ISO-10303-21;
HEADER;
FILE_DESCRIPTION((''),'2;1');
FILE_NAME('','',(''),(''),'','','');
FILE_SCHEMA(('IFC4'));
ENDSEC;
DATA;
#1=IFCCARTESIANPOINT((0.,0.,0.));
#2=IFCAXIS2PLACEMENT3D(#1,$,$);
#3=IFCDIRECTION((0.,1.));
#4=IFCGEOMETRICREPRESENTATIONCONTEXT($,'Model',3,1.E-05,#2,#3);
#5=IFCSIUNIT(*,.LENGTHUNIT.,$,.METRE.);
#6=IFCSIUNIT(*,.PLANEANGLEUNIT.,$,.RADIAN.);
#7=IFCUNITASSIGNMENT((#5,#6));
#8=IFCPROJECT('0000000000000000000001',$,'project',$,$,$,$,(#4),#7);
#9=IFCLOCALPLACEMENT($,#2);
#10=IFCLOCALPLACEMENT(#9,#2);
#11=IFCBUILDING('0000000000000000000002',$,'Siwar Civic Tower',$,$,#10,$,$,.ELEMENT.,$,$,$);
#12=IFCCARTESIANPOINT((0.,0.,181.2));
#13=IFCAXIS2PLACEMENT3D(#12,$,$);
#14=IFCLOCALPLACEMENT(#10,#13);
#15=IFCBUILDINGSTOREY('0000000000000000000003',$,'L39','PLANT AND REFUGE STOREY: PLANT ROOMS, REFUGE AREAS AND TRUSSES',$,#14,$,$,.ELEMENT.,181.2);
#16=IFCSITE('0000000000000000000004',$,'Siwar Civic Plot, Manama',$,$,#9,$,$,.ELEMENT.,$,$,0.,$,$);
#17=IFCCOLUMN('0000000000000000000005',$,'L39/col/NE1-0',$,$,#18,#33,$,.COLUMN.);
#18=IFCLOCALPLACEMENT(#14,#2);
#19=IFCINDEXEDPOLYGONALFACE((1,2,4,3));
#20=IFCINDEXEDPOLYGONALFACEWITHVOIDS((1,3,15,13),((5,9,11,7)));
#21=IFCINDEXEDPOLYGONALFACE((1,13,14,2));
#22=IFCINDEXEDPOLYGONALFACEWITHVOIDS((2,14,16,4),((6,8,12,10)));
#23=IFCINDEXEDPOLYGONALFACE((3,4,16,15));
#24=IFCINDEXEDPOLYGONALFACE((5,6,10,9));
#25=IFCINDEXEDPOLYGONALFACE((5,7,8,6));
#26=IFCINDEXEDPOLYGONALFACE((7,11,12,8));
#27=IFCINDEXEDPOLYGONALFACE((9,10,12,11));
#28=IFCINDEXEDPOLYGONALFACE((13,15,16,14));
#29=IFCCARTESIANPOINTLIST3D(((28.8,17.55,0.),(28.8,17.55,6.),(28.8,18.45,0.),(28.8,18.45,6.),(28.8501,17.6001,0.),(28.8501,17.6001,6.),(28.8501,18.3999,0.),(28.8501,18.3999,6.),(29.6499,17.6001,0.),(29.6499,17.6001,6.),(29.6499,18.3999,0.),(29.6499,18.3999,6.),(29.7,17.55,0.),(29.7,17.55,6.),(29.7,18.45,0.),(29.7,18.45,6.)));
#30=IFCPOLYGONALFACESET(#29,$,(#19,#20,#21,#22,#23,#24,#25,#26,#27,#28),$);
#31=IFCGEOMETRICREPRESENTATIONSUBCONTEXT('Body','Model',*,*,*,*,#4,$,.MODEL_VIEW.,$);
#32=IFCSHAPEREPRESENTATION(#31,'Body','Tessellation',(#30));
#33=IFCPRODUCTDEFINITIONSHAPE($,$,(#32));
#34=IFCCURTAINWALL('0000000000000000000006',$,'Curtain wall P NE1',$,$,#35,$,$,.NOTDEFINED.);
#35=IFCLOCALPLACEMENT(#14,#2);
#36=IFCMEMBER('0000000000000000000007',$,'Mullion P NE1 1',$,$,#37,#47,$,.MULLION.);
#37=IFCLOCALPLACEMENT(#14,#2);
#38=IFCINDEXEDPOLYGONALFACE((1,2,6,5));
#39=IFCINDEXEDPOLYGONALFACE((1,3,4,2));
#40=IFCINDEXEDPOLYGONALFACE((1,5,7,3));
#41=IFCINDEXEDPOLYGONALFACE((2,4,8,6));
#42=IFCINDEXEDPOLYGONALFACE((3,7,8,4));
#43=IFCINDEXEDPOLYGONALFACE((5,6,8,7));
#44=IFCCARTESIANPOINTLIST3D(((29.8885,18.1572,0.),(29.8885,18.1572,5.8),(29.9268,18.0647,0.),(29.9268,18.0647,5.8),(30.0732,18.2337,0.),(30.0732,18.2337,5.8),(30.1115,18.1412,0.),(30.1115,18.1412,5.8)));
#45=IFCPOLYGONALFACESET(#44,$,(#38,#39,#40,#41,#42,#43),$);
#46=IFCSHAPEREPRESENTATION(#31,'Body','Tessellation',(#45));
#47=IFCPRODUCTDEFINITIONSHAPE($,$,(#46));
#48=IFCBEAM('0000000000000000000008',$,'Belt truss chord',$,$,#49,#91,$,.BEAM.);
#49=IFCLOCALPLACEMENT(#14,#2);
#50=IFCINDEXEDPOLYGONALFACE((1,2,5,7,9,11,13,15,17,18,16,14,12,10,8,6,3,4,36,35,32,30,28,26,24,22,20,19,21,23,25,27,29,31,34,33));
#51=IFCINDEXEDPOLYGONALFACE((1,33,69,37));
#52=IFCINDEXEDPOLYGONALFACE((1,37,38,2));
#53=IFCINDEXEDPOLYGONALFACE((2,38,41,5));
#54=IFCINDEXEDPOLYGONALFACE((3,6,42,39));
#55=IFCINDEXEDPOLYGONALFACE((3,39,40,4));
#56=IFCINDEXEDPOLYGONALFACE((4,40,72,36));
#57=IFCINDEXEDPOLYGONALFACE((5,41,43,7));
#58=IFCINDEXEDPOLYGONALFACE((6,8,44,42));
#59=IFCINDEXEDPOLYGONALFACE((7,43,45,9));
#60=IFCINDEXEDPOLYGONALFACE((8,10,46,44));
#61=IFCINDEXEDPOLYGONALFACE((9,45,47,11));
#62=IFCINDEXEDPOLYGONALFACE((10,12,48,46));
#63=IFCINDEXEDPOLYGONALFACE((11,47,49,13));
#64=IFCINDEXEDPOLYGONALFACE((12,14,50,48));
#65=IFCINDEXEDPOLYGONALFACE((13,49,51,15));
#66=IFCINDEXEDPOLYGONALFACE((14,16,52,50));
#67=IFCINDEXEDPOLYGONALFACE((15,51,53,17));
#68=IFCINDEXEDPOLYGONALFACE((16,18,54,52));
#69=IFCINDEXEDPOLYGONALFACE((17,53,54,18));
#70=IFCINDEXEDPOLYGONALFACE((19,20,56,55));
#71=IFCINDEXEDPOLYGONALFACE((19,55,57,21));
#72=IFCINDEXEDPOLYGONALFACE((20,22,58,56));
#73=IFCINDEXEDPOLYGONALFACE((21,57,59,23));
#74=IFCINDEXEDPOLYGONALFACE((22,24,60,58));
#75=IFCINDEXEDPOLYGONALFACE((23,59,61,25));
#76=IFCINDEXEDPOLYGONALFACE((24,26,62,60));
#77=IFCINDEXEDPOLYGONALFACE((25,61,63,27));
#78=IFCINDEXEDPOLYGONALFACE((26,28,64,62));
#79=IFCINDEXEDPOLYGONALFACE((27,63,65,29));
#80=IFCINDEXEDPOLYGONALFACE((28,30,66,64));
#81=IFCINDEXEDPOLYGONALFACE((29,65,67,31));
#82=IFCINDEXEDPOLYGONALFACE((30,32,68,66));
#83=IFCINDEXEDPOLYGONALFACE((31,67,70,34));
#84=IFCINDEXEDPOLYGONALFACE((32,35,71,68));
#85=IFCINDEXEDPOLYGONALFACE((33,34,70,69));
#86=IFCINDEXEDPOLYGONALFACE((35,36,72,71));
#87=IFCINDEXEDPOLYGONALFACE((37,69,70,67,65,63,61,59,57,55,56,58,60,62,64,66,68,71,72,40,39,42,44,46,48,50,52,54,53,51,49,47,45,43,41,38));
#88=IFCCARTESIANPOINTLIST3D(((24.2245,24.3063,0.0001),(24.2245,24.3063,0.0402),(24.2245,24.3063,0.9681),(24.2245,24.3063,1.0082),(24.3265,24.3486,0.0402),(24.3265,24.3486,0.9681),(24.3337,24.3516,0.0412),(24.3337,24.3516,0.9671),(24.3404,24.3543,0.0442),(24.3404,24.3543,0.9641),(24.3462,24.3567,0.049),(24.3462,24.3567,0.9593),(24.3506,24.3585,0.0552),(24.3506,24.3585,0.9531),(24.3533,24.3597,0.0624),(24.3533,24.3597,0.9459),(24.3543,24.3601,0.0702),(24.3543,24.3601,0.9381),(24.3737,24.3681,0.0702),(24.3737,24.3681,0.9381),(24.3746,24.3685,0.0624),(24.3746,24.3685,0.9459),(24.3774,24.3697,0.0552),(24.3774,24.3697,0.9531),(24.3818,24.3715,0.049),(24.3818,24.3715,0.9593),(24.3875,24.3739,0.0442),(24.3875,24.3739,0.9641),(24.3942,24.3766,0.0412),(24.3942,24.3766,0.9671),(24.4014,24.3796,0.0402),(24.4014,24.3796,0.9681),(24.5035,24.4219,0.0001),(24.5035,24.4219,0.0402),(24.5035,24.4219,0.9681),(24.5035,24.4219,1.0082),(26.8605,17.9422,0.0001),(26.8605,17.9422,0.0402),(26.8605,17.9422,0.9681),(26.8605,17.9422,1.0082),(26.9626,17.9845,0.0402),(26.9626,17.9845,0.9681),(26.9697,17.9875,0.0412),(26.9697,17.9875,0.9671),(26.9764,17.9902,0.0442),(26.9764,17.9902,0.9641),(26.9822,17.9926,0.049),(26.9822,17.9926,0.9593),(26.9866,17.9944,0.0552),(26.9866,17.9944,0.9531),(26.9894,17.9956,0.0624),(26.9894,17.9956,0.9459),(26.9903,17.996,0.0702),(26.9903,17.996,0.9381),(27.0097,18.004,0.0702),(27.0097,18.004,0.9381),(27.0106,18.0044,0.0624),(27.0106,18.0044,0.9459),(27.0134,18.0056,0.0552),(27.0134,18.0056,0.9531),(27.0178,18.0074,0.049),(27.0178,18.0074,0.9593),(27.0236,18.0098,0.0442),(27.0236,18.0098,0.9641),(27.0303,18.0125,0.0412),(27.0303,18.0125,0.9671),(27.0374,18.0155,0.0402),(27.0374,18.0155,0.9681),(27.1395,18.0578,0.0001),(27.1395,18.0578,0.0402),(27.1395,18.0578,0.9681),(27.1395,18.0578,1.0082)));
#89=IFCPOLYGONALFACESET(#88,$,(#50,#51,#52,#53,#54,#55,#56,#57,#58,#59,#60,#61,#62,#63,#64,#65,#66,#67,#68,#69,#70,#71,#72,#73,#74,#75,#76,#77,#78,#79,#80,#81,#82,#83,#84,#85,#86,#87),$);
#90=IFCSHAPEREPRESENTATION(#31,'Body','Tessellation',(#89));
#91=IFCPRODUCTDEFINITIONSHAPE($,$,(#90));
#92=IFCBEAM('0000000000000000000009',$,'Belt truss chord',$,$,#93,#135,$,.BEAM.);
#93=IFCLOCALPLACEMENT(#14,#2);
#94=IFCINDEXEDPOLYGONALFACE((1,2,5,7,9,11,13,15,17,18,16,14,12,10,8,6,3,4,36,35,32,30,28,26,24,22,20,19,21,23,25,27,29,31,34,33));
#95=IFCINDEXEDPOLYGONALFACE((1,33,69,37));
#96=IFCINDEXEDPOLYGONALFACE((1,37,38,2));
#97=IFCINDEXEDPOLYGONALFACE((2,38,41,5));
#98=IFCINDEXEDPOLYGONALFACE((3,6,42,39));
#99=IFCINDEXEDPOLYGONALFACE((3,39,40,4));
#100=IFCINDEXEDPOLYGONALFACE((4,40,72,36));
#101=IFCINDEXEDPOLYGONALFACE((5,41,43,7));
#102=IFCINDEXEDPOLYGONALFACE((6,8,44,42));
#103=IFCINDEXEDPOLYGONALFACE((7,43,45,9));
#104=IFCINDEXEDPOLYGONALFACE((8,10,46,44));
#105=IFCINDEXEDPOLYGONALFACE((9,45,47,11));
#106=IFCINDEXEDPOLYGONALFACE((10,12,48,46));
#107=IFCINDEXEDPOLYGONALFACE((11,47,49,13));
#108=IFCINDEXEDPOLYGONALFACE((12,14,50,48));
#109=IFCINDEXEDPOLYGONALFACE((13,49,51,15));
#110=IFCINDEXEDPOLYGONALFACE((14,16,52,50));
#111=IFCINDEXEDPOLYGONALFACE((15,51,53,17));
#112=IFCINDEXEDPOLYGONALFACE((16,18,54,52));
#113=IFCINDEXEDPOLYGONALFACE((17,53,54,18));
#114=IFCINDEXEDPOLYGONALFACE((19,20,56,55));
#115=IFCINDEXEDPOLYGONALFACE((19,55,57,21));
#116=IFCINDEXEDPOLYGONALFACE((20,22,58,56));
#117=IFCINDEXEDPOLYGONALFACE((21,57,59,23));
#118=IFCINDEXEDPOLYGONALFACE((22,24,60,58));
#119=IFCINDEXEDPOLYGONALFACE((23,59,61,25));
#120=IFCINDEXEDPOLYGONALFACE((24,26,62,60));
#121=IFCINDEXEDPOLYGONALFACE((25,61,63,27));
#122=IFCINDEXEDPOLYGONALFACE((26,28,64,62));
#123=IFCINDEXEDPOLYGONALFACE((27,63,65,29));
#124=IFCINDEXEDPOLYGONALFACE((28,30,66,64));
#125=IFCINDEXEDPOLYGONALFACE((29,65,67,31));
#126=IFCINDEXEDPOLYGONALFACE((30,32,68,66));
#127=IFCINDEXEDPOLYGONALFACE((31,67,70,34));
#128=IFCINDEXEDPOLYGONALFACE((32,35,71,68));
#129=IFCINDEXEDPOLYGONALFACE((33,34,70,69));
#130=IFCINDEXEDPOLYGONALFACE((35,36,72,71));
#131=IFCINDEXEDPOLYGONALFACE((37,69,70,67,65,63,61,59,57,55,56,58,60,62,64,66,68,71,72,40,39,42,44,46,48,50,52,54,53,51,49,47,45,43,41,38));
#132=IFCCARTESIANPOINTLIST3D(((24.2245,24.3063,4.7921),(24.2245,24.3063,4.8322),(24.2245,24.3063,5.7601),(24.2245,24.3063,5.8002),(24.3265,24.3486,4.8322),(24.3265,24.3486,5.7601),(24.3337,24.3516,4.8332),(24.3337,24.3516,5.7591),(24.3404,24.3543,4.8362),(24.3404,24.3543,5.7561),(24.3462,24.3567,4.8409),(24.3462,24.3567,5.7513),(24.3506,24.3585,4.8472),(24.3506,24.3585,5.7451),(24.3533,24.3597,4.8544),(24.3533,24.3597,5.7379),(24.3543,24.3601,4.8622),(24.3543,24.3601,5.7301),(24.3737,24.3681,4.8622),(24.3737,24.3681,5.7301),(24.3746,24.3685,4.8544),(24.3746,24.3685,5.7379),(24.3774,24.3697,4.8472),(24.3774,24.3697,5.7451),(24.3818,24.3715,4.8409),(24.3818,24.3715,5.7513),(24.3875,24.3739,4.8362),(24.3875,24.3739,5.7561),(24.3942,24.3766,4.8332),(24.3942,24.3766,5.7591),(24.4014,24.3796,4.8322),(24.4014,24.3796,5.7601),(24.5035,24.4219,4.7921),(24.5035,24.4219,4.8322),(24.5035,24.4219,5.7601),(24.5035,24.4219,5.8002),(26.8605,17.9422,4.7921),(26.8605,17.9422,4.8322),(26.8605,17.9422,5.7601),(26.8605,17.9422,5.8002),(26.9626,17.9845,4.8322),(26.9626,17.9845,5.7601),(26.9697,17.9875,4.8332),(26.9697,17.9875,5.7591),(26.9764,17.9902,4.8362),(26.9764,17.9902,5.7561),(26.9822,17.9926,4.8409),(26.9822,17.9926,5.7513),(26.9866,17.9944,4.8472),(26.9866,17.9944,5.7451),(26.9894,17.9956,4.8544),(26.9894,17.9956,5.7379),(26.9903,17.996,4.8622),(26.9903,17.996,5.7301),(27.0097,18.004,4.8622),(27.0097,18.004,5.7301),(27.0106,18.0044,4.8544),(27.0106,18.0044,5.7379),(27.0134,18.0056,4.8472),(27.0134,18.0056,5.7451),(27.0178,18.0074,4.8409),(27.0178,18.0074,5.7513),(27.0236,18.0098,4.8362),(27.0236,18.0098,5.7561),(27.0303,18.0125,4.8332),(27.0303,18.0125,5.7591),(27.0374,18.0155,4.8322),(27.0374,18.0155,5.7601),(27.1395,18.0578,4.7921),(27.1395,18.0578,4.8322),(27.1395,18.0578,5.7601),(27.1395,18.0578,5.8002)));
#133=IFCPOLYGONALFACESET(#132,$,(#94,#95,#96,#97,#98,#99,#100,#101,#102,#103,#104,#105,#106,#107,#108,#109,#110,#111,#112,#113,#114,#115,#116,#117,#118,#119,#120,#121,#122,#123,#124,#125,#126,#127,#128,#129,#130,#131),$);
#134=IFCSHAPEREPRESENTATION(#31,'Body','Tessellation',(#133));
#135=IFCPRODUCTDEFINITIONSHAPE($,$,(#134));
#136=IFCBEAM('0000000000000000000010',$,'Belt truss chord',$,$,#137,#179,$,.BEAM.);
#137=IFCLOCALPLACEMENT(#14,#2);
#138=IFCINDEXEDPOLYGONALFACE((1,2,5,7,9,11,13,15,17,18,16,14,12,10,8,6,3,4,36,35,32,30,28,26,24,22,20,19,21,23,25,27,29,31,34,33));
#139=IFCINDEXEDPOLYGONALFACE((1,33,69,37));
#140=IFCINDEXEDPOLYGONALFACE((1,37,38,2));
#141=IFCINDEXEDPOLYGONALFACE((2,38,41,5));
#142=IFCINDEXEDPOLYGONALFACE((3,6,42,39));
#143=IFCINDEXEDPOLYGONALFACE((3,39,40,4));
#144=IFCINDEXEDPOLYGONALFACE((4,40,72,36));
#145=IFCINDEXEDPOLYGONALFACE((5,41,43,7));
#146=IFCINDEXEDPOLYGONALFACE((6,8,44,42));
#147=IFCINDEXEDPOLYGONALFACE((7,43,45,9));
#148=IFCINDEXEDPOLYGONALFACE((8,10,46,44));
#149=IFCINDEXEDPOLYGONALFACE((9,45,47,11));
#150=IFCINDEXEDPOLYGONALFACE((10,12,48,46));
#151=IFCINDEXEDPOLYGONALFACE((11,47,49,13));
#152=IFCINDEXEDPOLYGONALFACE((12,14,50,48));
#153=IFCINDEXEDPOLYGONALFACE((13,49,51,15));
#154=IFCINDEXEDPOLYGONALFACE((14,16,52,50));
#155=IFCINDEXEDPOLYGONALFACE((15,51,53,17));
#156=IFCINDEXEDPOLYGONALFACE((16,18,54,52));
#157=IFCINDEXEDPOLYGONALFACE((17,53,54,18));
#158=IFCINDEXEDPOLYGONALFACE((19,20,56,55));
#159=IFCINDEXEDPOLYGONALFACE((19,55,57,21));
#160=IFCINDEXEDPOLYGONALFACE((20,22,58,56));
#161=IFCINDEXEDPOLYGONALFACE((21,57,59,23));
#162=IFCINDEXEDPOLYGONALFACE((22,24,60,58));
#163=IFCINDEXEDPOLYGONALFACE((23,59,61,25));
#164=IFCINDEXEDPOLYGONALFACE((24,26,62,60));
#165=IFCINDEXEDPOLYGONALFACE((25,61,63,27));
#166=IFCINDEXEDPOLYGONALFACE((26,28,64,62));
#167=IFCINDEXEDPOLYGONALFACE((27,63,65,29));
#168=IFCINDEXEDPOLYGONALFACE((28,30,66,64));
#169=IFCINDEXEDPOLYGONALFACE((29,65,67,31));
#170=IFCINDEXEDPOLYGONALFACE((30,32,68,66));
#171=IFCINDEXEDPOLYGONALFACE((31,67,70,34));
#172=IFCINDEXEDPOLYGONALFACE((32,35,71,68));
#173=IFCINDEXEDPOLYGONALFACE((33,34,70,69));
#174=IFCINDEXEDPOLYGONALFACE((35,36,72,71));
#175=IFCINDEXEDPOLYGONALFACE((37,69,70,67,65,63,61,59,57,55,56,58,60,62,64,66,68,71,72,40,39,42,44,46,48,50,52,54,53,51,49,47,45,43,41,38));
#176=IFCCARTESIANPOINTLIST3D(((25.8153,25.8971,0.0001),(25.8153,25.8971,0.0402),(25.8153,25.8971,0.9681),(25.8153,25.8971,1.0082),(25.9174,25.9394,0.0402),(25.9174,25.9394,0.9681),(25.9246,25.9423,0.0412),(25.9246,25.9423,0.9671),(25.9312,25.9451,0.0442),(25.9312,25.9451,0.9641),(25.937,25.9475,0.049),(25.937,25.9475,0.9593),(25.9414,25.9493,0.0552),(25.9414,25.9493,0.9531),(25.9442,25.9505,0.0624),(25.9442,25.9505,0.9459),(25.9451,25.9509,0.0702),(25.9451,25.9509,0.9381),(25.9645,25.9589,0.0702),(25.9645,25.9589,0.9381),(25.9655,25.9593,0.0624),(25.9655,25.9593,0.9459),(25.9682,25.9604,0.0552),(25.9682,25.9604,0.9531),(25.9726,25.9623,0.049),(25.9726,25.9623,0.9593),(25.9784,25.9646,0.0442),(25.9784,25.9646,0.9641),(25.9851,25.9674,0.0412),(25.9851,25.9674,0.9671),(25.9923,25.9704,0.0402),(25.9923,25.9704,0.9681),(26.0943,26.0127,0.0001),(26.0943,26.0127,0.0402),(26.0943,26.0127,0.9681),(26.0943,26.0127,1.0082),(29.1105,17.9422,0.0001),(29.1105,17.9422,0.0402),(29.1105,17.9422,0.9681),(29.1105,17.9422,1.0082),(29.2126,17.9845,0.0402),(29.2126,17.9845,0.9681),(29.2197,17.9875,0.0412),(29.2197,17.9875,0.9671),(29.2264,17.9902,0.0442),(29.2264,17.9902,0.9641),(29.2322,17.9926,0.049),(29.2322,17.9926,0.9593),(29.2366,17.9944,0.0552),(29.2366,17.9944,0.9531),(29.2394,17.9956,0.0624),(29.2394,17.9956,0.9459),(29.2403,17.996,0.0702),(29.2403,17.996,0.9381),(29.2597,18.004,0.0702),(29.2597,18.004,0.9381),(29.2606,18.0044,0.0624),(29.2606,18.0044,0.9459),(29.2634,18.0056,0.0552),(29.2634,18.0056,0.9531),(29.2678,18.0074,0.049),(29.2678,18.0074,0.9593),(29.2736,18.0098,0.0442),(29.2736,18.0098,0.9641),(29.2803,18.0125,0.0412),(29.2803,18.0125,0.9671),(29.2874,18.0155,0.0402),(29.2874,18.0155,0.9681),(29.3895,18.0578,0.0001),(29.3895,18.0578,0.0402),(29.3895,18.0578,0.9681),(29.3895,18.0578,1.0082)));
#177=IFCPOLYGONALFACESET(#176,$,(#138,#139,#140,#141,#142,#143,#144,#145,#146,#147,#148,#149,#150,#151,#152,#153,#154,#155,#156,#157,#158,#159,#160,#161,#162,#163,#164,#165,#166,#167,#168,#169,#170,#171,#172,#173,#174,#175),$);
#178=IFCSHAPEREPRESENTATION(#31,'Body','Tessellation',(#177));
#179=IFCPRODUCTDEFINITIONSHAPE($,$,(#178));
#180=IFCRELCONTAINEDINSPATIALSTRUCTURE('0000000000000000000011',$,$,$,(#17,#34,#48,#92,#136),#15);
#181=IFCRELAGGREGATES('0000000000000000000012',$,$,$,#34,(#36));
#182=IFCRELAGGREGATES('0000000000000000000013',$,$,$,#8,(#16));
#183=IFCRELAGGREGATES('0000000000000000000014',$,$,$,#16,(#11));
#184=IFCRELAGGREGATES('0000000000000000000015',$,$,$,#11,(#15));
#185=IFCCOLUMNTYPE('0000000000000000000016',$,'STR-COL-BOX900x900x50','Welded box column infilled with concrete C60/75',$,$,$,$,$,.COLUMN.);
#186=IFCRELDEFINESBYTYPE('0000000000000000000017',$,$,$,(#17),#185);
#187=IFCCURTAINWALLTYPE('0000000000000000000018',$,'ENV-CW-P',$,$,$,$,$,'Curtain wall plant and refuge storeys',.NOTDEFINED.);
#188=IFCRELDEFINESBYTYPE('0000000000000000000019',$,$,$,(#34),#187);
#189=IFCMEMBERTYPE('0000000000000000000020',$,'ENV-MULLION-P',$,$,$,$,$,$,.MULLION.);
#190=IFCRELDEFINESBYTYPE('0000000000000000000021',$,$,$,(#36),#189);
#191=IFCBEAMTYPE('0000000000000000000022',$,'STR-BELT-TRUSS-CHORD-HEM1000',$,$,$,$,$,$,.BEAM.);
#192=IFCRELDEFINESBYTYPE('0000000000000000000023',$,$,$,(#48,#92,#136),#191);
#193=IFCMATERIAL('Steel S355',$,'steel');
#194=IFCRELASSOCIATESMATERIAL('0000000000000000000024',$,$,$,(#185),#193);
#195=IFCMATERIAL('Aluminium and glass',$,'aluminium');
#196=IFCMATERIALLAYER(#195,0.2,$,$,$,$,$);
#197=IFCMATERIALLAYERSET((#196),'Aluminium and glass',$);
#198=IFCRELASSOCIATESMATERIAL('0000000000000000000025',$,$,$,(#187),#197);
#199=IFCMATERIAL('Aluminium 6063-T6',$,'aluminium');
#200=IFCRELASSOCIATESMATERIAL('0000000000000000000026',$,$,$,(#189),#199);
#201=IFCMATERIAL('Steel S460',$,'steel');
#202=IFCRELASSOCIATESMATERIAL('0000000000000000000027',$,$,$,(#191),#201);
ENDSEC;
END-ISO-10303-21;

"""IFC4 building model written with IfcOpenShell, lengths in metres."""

from ifc_helpers import new_model, si_unit, direction, frame, origin, origin_2d, place, context, subcontext, project, spatial, rectangle, hollow_rectangle, i_section, extrude, material, layer, layer_set, material_profile, profile_set, type_object, element, aggregate, save


model = new_model("IFC4")

# Units and contexts
model_context = context("Model", 3, precision=1e-05, world=origin(), true_north=direction((0.0, 1.0)))
body_context = subcontext(model_context, "Body", "Model", "MODEL_VIEW")
ifc_project = project(units=[si_unit("LENGTHUNIT", "METRE"), si_unit("PLANEANGLEUNIT", "RADIAN")], contexts=[model_context])

# Site, building, storey
site_placement = place(None, origin())
site = spatial("IfcSite", under=ifc_project, at=site_placement, Name="Siwar Civic Plot, Manama", CompositionType="ELEMENT", RefElevation=0.0)
building_placement = place(site_placement, origin())
building = spatial("IfcBuilding", under=site, at=building_placement, Name="Siwar Civic Tower", CompositionType="ELEMENT")
storey_placement = place(building_placement, frame((0.0, 0.0, 181.2)))
storey = spatial("IfcBuildingStorey", under=building, at=storey_placement, Name="L39", Description="PLANT AND REFUGE STOREY: PLANT ROOMS, REFUGE AREAS AND TRUSSES", CompositionType="ELEMENT", Elevation=181.2)

# Column
ifc_material_1 = material(Name="Steel S355", Category="steel")
ifc_material_profile_1 = material_profile(ifc_material_1, hollow_rectangle(XDim=0.8999, YDim=0.8999, WallThickness=0.05, at=origin_2d()), Name="BOX900x900x50")
ifc_profile_set_1 = profile_set([ifc_material_profile_1], Name="Steel S355")
column_type = type_object("IfcColumnType", Name="STR-COL-BOX900x900x50", Description="Welded box column infilled with concrete C60/75", PredefinedType="COLUMN", material=ifc_profile_set_1)
column_placement = place(storey_placement, frame((29.25, 18.0, 0.0), z_axis=(0.0, 0.0, 1.0), x_axis=(1.0, 0.0, 0.0)))
element("IfcColumn", 1, at=column_placement, inside=storey, type_object=column_type, Name="L39/col/NE1-0", PredefinedType="COLUMN", context=body_context, shape_type="SweptSolid", body=[
    extrude(hollow_rectangle(XDim=0.8999, YDim=0.8999, WallThickness=0.05, at=origin_2d()), origin(), (0.0, 0.0, 1.0), 6.0),
])

# Curtain wall, member
ifc_material_2 = material(Name="Aluminium and glass", Category="aluminium")
ifc_layer_1 = layer(ifc_material_2, 0.2)
ifc_layer_set_1 = layer_set([ifc_layer_1], Name="Aluminium and glass")
curtain_wall_type = type_object("IfcCurtainWallType", Name="ENV-CW-P", ElementType="Curtain wall plant and refuge storeys", PredefinedType="NOTDEFINED", material=ifc_layer_set_1)
curtain_wall_1_placement = place(storey_placement, origin())
curtain_wall_1 = element("IfcCurtainWall", 2, at=curtain_wall_1_placement, inside=storey, type_object=curtain_wall_type, Name="Curtain wall P NE1", PredefinedType="NOTDEFINED")
ifc_material_3 = material(Name="Aluminium 6063-T6", Category="aluminium")
ifc_material_profile_2 = material_profile(ifc_material_3, rectangle(XDim=0.2, YDim=0.1001, at=origin_2d()), Name="AL 200x100")
ifc_profile_set_2 = profile_set([ifc_material_profile_2], Name="Aluminium 6063-T6")
member_type_1 = type_object("IfcMemberType", Name="ENV-MULLION-P", PredefinedType="MULLION", material=ifc_profile_set_2)
member_1_placement = place(storey_placement, frame((30.0, 18.1492, 0.0), z_axis=(0.0, 0.0, 1.0), x_axis=(-0.92388, -0.382683, 0.0)))
member_1 = element("IfcMember", 3, at=member_1_placement, type_object=member_type_1, Name="Mullion P NE1 1", PredefinedType="MULLION", context=body_context, shape_type="SweptSolid", body=[
    extrude(rectangle(XDim=0.2, YDim=0.1001, at=origin_2d()), origin(), (0.0, 0.0, 1.0), 5.8),
])
aggregate(curtain_wall_1, [member_1])

# Beams
ifc_material_4 = material(Name="Steel S460", Category="steel")
ifc_material_profile_3 = material_profile(ifc_material_4, i_section(OverallWidth=0.302, OverallDepth=1.0081, WebThickness=0.021, FlangeThickness=0.04, FilletRadius=0.03, at=origin_2d()), Name="HEM1000")
ifc_profile_set_3 = profile_set([ifc_material_profile_3], Name="Steel S460")
beam_type_1 = type_object("IfcBeamType", Name="STR-BELT-TRUSS-CHORD-HEM1000", PredefinedType="BEAM", material=ifc_profile_set_3)
for number, where, z_axis, x_axis, name in (
    (4, (27.0, 18.0, 0.5042), (-0.382674, 0.923883, 0.0), (-0.923883, -0.382674, 0.0), "Belt truss chord"),
    (5, (27.0, 18.0, 5.2961), (-0.382674, 0.923883, 0.0), (-0.923883, -0.382674, 0.0), "Belt truss chord"),
):
    element("IfcBeam", number, at=place(storey_placement, frame(where, z_axis=z_axis, x_axis=x_axis)), inside=storey, type_object=beam_type_1, Name=name, PredefinedType="BEAM", context=body_context, shape_type="SweptSolid", body=[
        extrude(i_section(OverallWidth=0.302, OverallDepth=1.0081, WebThickness=0.021, FlangeThickness=0.04, FilletRadius=0.03, at=origin_2d()), origin(), (0.0, 0.0, 1.0), 6.8884),
    ])
for number, where, z_axis, x_axis, name in (
    (6, (29.25, 18.0, 0.5042), (-0.3827, 0.923873, 0.0), (-0.923873, -0.3827, 0.0), "Belt truss chord"),
):
    element("IfcBeam", number, at=place(storey_placement, frame(where, z_axis=z_axis, x_axis=x_axis)), inside=storey, type_object=beam_type_1, Name=name, PredefinedType="BEAM", context=body_context, shape_type="SweptSolid", body=[
        extrude(i_section(OverallWidth=0.302, OverallDepth=1.0081, WebThickness=0.021, FlangeThickness=0.04, FilletRadius=0.03, at=origin_2d()), origin(), (0.0, 0.0, 1.0), 8.6104),
    ])

save(model, "model.ifc")
